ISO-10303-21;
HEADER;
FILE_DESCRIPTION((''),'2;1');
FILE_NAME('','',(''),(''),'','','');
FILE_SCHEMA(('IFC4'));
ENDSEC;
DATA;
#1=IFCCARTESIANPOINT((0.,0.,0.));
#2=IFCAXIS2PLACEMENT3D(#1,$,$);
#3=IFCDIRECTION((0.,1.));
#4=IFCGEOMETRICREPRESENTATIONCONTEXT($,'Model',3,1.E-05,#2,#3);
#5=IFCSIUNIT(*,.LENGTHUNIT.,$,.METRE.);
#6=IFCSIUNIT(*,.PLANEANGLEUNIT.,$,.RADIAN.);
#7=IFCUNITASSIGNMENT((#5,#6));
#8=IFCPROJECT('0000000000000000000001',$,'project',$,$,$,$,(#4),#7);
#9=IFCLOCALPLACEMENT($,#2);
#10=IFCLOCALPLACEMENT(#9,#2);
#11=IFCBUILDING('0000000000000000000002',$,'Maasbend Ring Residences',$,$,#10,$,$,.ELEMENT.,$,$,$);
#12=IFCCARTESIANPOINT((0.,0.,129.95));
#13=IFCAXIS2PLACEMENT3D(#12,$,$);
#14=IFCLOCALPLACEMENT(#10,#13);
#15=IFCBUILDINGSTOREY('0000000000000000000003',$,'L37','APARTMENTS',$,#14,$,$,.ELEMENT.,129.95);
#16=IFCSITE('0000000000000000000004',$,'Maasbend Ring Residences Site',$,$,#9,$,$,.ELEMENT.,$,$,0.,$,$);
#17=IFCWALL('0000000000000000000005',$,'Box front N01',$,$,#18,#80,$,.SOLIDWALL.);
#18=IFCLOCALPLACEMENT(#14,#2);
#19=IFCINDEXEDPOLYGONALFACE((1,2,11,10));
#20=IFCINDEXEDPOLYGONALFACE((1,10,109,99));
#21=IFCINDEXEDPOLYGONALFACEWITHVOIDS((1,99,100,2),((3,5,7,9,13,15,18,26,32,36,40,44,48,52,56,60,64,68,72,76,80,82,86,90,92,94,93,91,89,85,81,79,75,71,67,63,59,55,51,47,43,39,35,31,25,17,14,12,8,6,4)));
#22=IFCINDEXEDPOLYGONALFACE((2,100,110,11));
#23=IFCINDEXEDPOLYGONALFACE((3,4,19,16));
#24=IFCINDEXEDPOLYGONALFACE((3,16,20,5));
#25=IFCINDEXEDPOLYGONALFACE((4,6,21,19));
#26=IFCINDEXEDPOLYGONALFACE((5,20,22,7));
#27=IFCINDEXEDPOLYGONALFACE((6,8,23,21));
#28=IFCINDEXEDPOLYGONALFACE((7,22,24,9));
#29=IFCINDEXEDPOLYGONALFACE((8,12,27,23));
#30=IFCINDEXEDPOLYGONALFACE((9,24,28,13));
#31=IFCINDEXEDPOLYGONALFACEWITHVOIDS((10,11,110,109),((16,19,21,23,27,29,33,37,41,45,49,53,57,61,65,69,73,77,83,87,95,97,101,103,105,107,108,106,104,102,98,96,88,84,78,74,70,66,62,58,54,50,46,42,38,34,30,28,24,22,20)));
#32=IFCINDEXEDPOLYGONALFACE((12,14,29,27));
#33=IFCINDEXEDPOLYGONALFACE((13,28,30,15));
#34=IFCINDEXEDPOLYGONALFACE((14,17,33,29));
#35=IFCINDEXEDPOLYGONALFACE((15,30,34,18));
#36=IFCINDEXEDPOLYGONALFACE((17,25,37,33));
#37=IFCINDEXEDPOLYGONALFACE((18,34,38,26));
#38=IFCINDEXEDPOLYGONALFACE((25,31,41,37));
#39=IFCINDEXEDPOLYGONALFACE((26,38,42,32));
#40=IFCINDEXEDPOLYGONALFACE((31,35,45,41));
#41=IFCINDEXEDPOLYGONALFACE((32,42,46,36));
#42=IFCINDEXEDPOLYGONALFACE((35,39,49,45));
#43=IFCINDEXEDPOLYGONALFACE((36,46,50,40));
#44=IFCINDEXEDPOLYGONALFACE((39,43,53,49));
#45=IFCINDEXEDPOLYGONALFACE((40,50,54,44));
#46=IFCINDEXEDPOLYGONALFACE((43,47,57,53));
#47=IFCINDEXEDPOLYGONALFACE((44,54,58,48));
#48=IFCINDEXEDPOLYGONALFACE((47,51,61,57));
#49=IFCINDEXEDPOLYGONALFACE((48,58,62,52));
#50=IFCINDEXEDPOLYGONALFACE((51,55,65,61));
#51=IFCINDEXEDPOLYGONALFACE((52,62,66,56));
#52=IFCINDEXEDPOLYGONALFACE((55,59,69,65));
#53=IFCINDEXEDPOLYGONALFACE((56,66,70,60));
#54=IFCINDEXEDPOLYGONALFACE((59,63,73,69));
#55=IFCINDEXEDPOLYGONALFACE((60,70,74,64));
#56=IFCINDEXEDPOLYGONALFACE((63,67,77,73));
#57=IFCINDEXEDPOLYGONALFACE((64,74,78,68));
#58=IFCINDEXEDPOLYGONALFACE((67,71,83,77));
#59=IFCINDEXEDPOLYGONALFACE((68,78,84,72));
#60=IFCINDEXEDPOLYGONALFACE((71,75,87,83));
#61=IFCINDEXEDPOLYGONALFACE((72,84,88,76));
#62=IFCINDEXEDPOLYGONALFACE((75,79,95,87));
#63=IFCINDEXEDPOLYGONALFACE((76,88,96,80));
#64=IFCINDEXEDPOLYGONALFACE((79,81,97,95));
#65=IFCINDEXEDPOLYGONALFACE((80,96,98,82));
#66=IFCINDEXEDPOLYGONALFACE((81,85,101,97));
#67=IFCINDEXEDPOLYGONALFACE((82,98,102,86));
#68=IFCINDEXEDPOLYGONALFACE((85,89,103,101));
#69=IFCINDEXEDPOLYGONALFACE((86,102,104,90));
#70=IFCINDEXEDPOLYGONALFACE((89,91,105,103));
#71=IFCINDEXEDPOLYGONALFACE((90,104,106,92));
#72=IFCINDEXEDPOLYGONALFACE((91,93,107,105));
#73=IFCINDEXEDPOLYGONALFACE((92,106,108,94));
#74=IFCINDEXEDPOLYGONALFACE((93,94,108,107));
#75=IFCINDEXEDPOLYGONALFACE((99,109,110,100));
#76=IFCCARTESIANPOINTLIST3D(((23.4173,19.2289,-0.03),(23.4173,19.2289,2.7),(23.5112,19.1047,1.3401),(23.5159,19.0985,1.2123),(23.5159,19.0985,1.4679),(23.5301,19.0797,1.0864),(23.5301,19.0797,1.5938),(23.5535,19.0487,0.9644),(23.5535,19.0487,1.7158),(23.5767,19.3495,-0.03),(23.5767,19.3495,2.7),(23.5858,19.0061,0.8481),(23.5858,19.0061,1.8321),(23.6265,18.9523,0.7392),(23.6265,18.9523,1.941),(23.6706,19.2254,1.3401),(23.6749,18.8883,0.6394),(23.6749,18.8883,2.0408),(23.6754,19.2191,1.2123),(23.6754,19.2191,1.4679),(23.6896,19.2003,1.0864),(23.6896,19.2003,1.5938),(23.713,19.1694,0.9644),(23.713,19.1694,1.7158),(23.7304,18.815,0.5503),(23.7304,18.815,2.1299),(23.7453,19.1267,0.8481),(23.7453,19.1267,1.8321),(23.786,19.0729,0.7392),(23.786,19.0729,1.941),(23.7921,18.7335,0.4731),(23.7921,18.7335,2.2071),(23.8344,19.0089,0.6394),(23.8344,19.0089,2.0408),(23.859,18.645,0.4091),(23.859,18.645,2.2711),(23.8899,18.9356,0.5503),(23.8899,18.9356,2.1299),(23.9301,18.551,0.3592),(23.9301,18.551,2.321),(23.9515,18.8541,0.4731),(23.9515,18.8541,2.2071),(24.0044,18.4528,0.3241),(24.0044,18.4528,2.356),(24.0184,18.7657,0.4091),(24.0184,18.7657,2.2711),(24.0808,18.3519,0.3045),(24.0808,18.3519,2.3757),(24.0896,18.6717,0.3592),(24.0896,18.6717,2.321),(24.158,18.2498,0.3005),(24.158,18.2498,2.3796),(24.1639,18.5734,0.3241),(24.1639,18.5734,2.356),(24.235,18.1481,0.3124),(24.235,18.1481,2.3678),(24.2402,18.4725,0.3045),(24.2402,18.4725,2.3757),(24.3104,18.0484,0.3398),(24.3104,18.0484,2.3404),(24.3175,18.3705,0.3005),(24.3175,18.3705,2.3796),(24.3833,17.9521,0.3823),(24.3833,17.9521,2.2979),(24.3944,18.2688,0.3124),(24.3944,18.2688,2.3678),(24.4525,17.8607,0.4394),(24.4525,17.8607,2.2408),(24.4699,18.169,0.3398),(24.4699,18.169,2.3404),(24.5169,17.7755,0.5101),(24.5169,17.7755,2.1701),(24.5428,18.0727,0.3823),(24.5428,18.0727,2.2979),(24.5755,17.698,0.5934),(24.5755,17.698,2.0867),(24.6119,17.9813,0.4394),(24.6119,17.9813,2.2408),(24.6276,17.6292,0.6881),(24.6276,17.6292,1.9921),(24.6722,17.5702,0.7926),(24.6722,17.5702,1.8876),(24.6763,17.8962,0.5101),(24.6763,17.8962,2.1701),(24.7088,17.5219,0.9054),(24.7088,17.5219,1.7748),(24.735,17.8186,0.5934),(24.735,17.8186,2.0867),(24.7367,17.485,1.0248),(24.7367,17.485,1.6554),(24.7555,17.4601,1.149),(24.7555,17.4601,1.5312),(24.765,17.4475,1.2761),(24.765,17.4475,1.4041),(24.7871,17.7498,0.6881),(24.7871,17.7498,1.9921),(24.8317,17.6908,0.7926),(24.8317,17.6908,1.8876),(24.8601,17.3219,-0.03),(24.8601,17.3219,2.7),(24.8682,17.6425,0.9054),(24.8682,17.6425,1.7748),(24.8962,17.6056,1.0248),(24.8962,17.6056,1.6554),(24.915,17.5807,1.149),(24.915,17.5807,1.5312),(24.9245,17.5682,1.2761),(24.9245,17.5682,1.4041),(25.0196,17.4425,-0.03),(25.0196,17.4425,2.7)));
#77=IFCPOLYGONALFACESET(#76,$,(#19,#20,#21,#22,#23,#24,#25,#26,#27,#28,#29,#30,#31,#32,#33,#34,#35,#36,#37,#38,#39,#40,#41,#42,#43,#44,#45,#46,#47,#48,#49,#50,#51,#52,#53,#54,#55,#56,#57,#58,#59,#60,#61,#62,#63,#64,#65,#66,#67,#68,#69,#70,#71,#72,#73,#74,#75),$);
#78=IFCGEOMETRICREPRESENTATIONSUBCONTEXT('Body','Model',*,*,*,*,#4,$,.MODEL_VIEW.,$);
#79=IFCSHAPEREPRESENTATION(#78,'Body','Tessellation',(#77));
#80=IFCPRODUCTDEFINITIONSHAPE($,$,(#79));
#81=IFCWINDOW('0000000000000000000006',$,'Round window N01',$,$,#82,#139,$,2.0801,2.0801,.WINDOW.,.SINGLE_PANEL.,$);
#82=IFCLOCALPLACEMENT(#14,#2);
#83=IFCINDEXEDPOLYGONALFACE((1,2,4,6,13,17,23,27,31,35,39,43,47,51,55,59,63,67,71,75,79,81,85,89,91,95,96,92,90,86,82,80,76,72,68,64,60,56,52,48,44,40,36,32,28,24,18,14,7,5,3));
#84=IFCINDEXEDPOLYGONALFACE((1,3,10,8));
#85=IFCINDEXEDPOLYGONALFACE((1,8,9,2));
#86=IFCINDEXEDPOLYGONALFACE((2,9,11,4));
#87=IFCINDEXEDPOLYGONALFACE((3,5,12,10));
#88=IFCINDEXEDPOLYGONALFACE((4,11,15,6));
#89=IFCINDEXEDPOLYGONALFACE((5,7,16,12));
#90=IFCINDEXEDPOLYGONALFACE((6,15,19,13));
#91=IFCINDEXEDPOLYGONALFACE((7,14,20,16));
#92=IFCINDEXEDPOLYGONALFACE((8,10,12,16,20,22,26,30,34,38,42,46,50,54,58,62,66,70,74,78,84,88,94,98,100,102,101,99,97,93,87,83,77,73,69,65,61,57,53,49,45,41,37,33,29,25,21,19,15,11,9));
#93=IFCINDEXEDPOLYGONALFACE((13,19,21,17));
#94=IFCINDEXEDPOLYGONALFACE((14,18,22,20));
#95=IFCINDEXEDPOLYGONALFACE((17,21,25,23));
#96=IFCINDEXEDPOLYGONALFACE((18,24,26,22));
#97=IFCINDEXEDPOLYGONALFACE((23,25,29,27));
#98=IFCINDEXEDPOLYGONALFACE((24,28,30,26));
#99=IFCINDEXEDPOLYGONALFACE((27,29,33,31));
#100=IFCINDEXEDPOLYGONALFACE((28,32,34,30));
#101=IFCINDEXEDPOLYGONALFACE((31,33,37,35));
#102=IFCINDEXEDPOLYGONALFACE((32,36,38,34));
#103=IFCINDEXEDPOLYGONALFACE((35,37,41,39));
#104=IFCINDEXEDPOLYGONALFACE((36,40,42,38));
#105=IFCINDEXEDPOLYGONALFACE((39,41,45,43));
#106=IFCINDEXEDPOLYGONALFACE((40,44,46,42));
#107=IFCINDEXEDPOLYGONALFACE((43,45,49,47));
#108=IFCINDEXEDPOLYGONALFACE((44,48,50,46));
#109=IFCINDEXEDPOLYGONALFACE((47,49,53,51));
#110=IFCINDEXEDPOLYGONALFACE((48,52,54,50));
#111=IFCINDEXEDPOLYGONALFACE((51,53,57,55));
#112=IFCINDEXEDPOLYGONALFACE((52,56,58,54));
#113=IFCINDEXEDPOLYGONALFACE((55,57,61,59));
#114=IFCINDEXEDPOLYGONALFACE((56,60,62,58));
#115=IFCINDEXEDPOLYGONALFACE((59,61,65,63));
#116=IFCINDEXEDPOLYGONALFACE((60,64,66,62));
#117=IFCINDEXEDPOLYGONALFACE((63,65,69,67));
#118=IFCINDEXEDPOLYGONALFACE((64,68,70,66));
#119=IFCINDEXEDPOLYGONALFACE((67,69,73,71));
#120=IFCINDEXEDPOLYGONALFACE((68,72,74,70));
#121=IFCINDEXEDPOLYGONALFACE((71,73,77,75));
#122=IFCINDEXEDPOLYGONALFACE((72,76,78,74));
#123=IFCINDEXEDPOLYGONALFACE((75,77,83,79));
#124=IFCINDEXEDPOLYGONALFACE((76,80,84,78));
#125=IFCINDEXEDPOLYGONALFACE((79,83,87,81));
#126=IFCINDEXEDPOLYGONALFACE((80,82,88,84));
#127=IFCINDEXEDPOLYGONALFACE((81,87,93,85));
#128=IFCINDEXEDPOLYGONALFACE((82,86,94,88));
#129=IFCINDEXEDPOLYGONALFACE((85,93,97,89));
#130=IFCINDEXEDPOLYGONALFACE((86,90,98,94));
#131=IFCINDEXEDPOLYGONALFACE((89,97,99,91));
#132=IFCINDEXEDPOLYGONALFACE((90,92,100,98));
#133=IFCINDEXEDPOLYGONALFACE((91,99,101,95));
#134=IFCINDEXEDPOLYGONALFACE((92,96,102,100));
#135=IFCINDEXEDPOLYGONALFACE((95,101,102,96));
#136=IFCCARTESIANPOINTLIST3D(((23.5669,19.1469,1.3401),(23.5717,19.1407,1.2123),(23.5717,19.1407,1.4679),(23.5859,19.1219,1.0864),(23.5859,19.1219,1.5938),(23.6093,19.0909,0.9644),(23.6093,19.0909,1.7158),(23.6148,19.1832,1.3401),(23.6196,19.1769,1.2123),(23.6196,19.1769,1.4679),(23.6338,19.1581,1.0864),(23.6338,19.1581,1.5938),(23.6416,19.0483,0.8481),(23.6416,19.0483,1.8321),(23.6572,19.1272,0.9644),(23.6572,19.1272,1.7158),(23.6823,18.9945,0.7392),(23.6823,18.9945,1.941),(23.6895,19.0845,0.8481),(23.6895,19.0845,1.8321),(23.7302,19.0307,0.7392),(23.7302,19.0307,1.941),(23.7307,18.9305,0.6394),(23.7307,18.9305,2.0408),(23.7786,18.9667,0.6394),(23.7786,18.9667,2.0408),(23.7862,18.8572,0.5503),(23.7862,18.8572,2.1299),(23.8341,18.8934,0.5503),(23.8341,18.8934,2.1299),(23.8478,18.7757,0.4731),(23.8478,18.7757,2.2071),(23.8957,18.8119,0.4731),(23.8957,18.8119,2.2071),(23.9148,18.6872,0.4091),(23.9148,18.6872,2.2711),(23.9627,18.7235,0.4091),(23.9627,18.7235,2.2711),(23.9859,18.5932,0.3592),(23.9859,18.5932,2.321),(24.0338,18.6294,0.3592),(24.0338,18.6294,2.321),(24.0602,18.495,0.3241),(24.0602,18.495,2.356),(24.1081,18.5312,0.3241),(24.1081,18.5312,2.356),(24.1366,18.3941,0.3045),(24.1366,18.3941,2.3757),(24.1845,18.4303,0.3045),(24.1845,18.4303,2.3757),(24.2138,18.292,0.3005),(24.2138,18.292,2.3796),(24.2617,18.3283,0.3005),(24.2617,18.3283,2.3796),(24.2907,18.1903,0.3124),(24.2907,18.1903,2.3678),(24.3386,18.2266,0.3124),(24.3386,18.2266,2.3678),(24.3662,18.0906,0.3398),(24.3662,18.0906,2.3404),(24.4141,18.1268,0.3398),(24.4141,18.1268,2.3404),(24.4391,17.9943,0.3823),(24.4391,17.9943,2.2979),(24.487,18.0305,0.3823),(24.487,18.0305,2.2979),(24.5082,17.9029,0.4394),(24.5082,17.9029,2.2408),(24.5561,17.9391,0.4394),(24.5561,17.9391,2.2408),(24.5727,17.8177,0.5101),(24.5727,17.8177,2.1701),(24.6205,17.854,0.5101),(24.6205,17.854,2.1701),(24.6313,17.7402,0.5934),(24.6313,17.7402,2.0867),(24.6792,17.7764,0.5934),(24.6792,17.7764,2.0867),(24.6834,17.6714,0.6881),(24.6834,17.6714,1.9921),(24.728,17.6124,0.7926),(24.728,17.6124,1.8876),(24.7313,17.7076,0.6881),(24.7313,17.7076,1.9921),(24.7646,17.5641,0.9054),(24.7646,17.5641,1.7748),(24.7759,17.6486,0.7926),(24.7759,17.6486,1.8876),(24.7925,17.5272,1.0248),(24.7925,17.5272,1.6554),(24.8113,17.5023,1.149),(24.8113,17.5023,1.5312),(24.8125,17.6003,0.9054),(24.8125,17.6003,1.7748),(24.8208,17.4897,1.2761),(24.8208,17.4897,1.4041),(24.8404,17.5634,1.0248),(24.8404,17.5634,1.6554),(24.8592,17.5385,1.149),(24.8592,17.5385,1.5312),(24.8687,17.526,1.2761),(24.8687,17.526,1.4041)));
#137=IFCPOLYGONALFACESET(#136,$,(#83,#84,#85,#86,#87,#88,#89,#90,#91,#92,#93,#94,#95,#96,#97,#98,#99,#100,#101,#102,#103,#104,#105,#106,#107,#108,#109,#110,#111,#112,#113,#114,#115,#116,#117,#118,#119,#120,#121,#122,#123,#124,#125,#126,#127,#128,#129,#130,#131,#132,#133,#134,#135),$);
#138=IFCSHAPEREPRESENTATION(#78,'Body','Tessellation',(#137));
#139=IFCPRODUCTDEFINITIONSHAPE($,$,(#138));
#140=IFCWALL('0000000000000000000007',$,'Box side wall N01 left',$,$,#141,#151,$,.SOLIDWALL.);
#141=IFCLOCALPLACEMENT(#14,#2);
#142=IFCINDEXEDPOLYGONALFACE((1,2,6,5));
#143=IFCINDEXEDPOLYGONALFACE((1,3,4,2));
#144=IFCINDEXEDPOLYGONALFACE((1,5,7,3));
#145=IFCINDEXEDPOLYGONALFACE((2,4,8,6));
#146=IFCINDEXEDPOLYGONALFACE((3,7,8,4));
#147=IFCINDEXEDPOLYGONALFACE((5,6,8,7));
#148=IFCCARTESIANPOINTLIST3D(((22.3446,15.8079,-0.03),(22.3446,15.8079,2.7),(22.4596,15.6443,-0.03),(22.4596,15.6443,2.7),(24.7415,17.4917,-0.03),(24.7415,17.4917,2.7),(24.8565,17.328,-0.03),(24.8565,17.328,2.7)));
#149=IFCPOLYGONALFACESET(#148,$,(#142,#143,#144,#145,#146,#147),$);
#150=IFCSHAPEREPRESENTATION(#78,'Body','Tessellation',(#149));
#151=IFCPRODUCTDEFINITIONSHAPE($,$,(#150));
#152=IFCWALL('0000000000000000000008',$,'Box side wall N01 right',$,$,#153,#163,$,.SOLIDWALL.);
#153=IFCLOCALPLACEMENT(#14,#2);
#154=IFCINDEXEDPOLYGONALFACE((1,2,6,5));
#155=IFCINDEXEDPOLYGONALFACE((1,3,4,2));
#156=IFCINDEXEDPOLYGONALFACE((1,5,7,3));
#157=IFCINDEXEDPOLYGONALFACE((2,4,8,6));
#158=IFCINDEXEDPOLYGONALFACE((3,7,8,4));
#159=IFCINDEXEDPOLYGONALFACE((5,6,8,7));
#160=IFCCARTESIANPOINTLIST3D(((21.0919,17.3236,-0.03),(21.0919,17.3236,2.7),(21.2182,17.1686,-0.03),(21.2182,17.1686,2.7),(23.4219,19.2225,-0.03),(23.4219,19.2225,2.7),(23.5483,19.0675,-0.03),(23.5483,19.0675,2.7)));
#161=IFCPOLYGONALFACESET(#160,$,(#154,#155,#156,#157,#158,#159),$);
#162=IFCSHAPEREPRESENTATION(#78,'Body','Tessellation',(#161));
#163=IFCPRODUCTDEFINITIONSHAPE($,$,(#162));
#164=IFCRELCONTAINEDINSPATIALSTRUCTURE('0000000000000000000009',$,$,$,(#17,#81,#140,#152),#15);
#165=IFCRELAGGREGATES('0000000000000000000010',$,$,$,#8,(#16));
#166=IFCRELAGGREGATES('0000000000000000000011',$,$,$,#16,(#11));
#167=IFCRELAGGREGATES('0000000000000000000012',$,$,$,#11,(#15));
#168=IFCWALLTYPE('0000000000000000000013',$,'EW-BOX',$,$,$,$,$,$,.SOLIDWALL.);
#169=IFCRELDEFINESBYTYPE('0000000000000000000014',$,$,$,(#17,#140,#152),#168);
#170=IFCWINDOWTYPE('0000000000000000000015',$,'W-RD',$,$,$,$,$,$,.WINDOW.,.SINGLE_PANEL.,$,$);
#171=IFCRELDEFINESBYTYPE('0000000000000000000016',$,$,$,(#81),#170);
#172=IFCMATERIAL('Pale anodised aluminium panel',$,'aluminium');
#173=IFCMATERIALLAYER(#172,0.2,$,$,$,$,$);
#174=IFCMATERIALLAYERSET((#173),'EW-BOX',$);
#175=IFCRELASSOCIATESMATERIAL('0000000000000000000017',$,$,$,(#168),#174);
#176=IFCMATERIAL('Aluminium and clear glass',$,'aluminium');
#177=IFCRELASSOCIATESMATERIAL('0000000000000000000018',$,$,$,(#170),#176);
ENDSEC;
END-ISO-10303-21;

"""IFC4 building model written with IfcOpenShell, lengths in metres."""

from ifc_helpers import new_model, si_unit, direction, frame, frame_2d, origin, place, context, subcontext, project, spatial, rectangle, circle, extrude, material, layer, layer_set, type_object, element, fill, save


model = new_model("IFC4")

# Units and contexts
model_context = context("Model", 3, precision=1e-05, world=origin(), true_north=direction((0.0, 1.0)))
body_context = subcontext(model_context, "Body", "Model", "MODEL_VIEW")
ifc_project = project(units=[si_unit("LENGTHUNIT", "METRE"), si_unit("PLANEANGLEUNIT", "RADIAN")], contexts=[model_context])

# Site, building, storey
site_placement = place(None, origin())
site = spatial("IfcSite", under=ifc_project, at=site_placement, Name="Maasbend Ring Residences Site", CompositionType="ELEMENT", RefElevation=0.0)
building_placement = place(site_placement, origin())
building = spatial("IfcBuilding", under=site, at=building_placement, Name="Maasbend Ring Residences", CompositionType="ELEMENT")
storey_placement = place(building_placement, frame((0.0, 0.0, 129.95)))
storey = spatial("IfcBuildingStorey", under=building, at=storey_placement, Name="L37", Description="APARTMENTS", CompositionType="ELEMENT", Elevation=129.95)

# Wall, opening, window
ifc_material_1 = material(Name="Pale anodised aluminium panel", Category="aluminium")
ifc_layer_1 = layer(ifc_material_1, 0.2)
ifc_layer_set_1 = layer_set([ifc_layer_1], Name="EW-BOX")
wall_type_1 = type_object("IfcWallType", Name="EW-BOX", PredefinedType="SOLIDWALL", material=ifc_layer_set_1)
wall_1_placement = place(storey_placement, frame((24.9399, 17.3821, -0.03), z_axis=(0.0, 0.0, 1.0), x_axis=(-0.603376, 0.797457, 0.0)))
wall_1 = element("IfcWall", 1, at=wall_1_placement, inside=storey, type_object=wall_type_1, Name="Box front N01", PredefinedType="SOLIDWALL", context=body_context, shape_type="SweptSolid", body=[
    extrude(rectangle(XDim=2.3914, YDim=0.2, at=frame_2d((1.1958, 0.0))), origin(), (0.0, 0.0, 1.0), 2.73),
])
opening_1_placement = place(wall_1_placement, frame((0.1558, 0.0, 0.3301)))
opening_1 = element("IfcOpeningElement", 2, at=opening_1_placement, cuts=wall_1, PredefinedType="OPENING", context=body_context, shape_type="SweptSolid", body=[
    extrude(circle(Radius=1.04, at=frame_2d((1.04, 1.04))), frame((0.0, 0.1099, 0.0), z_axis=(0.0, -1.0, 0.0), x_axis=(1.0, 0.0, 0.0)), (0.0, 0.0, 1.0), 0.22),
])
ifc_material_2 = material(Name="Aluminium and clear glass", Category="aluminium")
window_type_1 = type_object("IfcWindowType", Name="W-RD", PartitioningType="SINGLE_PANEL", PredefinedType="WINDOW", material=ifc_material_2)
window_1_placement = place(opening_1_placement, origin())
window_1 = element("IfcWindow", 3, at=window_1_placement, inside=storey, type_object=window_type_1, Name="Round window N01", OverallHeight=2.0801, OverallWidth=2.0801, PartitioningType="SINGLE_PANEL", PredefinedType="WINDOW", context=body_context, shape_type="SweptSolid", body=[
    extrude(circle(Radius=1.04, at=frame_2d((1.04, 1.04))), frame((0.0, 0.03, 0.0), z_axis=(0.0, -1.0, 0.0), x_axis=(1.0, 0.0, 0.0)), (0.0, 0.0, 1.0), 0.0601),
])
fill(opening_1, window_1)

# Walls
wall_2_placement = place(storey_placement, frame((22.4021, 15.7261, -0.03), z_axis=(0.0, 0.0, 1.0), x_axis=(0.818275, 0.574826, 0.0)))
element("IfcWall", 4, at=wall_2_placement, inside=storey, type_object=wall_type_1, Name="Box side wall N01 left", PredefinedType="SOLIDWALL", context=body_context, shape_type="SweptSolid", body=[
    extrude(rectangle(XDim=2.9292, YDim=0.2, at=frame_2d((1.4646, 0.0))), origin(), (0.0, 0.0, 1.0), 2.73),
])
wall_3_placement = place(storey_placement, frame((21.155, 17.2461, -0.03), z_axis=(0.0, 0.0, 1.0), x_axis=(0.775179, 0.631742, 0.0)))
element("IfcWall", 5, at=wall_3_placement, inside=storey, type_object=wall_type_1, Name="Box side wall N01 right", PredefinedType="SOLIDWALL", context=body_context, shape_type="SweptSolid", body=[
    extrude(rectangle(XDim=3.0059, YDim=0.2, at=frame_2d((1.5029, 0.0))), origin(), (0.0, 0.0, 1.0), 2.73),
])

save(model, "model.ifc")
